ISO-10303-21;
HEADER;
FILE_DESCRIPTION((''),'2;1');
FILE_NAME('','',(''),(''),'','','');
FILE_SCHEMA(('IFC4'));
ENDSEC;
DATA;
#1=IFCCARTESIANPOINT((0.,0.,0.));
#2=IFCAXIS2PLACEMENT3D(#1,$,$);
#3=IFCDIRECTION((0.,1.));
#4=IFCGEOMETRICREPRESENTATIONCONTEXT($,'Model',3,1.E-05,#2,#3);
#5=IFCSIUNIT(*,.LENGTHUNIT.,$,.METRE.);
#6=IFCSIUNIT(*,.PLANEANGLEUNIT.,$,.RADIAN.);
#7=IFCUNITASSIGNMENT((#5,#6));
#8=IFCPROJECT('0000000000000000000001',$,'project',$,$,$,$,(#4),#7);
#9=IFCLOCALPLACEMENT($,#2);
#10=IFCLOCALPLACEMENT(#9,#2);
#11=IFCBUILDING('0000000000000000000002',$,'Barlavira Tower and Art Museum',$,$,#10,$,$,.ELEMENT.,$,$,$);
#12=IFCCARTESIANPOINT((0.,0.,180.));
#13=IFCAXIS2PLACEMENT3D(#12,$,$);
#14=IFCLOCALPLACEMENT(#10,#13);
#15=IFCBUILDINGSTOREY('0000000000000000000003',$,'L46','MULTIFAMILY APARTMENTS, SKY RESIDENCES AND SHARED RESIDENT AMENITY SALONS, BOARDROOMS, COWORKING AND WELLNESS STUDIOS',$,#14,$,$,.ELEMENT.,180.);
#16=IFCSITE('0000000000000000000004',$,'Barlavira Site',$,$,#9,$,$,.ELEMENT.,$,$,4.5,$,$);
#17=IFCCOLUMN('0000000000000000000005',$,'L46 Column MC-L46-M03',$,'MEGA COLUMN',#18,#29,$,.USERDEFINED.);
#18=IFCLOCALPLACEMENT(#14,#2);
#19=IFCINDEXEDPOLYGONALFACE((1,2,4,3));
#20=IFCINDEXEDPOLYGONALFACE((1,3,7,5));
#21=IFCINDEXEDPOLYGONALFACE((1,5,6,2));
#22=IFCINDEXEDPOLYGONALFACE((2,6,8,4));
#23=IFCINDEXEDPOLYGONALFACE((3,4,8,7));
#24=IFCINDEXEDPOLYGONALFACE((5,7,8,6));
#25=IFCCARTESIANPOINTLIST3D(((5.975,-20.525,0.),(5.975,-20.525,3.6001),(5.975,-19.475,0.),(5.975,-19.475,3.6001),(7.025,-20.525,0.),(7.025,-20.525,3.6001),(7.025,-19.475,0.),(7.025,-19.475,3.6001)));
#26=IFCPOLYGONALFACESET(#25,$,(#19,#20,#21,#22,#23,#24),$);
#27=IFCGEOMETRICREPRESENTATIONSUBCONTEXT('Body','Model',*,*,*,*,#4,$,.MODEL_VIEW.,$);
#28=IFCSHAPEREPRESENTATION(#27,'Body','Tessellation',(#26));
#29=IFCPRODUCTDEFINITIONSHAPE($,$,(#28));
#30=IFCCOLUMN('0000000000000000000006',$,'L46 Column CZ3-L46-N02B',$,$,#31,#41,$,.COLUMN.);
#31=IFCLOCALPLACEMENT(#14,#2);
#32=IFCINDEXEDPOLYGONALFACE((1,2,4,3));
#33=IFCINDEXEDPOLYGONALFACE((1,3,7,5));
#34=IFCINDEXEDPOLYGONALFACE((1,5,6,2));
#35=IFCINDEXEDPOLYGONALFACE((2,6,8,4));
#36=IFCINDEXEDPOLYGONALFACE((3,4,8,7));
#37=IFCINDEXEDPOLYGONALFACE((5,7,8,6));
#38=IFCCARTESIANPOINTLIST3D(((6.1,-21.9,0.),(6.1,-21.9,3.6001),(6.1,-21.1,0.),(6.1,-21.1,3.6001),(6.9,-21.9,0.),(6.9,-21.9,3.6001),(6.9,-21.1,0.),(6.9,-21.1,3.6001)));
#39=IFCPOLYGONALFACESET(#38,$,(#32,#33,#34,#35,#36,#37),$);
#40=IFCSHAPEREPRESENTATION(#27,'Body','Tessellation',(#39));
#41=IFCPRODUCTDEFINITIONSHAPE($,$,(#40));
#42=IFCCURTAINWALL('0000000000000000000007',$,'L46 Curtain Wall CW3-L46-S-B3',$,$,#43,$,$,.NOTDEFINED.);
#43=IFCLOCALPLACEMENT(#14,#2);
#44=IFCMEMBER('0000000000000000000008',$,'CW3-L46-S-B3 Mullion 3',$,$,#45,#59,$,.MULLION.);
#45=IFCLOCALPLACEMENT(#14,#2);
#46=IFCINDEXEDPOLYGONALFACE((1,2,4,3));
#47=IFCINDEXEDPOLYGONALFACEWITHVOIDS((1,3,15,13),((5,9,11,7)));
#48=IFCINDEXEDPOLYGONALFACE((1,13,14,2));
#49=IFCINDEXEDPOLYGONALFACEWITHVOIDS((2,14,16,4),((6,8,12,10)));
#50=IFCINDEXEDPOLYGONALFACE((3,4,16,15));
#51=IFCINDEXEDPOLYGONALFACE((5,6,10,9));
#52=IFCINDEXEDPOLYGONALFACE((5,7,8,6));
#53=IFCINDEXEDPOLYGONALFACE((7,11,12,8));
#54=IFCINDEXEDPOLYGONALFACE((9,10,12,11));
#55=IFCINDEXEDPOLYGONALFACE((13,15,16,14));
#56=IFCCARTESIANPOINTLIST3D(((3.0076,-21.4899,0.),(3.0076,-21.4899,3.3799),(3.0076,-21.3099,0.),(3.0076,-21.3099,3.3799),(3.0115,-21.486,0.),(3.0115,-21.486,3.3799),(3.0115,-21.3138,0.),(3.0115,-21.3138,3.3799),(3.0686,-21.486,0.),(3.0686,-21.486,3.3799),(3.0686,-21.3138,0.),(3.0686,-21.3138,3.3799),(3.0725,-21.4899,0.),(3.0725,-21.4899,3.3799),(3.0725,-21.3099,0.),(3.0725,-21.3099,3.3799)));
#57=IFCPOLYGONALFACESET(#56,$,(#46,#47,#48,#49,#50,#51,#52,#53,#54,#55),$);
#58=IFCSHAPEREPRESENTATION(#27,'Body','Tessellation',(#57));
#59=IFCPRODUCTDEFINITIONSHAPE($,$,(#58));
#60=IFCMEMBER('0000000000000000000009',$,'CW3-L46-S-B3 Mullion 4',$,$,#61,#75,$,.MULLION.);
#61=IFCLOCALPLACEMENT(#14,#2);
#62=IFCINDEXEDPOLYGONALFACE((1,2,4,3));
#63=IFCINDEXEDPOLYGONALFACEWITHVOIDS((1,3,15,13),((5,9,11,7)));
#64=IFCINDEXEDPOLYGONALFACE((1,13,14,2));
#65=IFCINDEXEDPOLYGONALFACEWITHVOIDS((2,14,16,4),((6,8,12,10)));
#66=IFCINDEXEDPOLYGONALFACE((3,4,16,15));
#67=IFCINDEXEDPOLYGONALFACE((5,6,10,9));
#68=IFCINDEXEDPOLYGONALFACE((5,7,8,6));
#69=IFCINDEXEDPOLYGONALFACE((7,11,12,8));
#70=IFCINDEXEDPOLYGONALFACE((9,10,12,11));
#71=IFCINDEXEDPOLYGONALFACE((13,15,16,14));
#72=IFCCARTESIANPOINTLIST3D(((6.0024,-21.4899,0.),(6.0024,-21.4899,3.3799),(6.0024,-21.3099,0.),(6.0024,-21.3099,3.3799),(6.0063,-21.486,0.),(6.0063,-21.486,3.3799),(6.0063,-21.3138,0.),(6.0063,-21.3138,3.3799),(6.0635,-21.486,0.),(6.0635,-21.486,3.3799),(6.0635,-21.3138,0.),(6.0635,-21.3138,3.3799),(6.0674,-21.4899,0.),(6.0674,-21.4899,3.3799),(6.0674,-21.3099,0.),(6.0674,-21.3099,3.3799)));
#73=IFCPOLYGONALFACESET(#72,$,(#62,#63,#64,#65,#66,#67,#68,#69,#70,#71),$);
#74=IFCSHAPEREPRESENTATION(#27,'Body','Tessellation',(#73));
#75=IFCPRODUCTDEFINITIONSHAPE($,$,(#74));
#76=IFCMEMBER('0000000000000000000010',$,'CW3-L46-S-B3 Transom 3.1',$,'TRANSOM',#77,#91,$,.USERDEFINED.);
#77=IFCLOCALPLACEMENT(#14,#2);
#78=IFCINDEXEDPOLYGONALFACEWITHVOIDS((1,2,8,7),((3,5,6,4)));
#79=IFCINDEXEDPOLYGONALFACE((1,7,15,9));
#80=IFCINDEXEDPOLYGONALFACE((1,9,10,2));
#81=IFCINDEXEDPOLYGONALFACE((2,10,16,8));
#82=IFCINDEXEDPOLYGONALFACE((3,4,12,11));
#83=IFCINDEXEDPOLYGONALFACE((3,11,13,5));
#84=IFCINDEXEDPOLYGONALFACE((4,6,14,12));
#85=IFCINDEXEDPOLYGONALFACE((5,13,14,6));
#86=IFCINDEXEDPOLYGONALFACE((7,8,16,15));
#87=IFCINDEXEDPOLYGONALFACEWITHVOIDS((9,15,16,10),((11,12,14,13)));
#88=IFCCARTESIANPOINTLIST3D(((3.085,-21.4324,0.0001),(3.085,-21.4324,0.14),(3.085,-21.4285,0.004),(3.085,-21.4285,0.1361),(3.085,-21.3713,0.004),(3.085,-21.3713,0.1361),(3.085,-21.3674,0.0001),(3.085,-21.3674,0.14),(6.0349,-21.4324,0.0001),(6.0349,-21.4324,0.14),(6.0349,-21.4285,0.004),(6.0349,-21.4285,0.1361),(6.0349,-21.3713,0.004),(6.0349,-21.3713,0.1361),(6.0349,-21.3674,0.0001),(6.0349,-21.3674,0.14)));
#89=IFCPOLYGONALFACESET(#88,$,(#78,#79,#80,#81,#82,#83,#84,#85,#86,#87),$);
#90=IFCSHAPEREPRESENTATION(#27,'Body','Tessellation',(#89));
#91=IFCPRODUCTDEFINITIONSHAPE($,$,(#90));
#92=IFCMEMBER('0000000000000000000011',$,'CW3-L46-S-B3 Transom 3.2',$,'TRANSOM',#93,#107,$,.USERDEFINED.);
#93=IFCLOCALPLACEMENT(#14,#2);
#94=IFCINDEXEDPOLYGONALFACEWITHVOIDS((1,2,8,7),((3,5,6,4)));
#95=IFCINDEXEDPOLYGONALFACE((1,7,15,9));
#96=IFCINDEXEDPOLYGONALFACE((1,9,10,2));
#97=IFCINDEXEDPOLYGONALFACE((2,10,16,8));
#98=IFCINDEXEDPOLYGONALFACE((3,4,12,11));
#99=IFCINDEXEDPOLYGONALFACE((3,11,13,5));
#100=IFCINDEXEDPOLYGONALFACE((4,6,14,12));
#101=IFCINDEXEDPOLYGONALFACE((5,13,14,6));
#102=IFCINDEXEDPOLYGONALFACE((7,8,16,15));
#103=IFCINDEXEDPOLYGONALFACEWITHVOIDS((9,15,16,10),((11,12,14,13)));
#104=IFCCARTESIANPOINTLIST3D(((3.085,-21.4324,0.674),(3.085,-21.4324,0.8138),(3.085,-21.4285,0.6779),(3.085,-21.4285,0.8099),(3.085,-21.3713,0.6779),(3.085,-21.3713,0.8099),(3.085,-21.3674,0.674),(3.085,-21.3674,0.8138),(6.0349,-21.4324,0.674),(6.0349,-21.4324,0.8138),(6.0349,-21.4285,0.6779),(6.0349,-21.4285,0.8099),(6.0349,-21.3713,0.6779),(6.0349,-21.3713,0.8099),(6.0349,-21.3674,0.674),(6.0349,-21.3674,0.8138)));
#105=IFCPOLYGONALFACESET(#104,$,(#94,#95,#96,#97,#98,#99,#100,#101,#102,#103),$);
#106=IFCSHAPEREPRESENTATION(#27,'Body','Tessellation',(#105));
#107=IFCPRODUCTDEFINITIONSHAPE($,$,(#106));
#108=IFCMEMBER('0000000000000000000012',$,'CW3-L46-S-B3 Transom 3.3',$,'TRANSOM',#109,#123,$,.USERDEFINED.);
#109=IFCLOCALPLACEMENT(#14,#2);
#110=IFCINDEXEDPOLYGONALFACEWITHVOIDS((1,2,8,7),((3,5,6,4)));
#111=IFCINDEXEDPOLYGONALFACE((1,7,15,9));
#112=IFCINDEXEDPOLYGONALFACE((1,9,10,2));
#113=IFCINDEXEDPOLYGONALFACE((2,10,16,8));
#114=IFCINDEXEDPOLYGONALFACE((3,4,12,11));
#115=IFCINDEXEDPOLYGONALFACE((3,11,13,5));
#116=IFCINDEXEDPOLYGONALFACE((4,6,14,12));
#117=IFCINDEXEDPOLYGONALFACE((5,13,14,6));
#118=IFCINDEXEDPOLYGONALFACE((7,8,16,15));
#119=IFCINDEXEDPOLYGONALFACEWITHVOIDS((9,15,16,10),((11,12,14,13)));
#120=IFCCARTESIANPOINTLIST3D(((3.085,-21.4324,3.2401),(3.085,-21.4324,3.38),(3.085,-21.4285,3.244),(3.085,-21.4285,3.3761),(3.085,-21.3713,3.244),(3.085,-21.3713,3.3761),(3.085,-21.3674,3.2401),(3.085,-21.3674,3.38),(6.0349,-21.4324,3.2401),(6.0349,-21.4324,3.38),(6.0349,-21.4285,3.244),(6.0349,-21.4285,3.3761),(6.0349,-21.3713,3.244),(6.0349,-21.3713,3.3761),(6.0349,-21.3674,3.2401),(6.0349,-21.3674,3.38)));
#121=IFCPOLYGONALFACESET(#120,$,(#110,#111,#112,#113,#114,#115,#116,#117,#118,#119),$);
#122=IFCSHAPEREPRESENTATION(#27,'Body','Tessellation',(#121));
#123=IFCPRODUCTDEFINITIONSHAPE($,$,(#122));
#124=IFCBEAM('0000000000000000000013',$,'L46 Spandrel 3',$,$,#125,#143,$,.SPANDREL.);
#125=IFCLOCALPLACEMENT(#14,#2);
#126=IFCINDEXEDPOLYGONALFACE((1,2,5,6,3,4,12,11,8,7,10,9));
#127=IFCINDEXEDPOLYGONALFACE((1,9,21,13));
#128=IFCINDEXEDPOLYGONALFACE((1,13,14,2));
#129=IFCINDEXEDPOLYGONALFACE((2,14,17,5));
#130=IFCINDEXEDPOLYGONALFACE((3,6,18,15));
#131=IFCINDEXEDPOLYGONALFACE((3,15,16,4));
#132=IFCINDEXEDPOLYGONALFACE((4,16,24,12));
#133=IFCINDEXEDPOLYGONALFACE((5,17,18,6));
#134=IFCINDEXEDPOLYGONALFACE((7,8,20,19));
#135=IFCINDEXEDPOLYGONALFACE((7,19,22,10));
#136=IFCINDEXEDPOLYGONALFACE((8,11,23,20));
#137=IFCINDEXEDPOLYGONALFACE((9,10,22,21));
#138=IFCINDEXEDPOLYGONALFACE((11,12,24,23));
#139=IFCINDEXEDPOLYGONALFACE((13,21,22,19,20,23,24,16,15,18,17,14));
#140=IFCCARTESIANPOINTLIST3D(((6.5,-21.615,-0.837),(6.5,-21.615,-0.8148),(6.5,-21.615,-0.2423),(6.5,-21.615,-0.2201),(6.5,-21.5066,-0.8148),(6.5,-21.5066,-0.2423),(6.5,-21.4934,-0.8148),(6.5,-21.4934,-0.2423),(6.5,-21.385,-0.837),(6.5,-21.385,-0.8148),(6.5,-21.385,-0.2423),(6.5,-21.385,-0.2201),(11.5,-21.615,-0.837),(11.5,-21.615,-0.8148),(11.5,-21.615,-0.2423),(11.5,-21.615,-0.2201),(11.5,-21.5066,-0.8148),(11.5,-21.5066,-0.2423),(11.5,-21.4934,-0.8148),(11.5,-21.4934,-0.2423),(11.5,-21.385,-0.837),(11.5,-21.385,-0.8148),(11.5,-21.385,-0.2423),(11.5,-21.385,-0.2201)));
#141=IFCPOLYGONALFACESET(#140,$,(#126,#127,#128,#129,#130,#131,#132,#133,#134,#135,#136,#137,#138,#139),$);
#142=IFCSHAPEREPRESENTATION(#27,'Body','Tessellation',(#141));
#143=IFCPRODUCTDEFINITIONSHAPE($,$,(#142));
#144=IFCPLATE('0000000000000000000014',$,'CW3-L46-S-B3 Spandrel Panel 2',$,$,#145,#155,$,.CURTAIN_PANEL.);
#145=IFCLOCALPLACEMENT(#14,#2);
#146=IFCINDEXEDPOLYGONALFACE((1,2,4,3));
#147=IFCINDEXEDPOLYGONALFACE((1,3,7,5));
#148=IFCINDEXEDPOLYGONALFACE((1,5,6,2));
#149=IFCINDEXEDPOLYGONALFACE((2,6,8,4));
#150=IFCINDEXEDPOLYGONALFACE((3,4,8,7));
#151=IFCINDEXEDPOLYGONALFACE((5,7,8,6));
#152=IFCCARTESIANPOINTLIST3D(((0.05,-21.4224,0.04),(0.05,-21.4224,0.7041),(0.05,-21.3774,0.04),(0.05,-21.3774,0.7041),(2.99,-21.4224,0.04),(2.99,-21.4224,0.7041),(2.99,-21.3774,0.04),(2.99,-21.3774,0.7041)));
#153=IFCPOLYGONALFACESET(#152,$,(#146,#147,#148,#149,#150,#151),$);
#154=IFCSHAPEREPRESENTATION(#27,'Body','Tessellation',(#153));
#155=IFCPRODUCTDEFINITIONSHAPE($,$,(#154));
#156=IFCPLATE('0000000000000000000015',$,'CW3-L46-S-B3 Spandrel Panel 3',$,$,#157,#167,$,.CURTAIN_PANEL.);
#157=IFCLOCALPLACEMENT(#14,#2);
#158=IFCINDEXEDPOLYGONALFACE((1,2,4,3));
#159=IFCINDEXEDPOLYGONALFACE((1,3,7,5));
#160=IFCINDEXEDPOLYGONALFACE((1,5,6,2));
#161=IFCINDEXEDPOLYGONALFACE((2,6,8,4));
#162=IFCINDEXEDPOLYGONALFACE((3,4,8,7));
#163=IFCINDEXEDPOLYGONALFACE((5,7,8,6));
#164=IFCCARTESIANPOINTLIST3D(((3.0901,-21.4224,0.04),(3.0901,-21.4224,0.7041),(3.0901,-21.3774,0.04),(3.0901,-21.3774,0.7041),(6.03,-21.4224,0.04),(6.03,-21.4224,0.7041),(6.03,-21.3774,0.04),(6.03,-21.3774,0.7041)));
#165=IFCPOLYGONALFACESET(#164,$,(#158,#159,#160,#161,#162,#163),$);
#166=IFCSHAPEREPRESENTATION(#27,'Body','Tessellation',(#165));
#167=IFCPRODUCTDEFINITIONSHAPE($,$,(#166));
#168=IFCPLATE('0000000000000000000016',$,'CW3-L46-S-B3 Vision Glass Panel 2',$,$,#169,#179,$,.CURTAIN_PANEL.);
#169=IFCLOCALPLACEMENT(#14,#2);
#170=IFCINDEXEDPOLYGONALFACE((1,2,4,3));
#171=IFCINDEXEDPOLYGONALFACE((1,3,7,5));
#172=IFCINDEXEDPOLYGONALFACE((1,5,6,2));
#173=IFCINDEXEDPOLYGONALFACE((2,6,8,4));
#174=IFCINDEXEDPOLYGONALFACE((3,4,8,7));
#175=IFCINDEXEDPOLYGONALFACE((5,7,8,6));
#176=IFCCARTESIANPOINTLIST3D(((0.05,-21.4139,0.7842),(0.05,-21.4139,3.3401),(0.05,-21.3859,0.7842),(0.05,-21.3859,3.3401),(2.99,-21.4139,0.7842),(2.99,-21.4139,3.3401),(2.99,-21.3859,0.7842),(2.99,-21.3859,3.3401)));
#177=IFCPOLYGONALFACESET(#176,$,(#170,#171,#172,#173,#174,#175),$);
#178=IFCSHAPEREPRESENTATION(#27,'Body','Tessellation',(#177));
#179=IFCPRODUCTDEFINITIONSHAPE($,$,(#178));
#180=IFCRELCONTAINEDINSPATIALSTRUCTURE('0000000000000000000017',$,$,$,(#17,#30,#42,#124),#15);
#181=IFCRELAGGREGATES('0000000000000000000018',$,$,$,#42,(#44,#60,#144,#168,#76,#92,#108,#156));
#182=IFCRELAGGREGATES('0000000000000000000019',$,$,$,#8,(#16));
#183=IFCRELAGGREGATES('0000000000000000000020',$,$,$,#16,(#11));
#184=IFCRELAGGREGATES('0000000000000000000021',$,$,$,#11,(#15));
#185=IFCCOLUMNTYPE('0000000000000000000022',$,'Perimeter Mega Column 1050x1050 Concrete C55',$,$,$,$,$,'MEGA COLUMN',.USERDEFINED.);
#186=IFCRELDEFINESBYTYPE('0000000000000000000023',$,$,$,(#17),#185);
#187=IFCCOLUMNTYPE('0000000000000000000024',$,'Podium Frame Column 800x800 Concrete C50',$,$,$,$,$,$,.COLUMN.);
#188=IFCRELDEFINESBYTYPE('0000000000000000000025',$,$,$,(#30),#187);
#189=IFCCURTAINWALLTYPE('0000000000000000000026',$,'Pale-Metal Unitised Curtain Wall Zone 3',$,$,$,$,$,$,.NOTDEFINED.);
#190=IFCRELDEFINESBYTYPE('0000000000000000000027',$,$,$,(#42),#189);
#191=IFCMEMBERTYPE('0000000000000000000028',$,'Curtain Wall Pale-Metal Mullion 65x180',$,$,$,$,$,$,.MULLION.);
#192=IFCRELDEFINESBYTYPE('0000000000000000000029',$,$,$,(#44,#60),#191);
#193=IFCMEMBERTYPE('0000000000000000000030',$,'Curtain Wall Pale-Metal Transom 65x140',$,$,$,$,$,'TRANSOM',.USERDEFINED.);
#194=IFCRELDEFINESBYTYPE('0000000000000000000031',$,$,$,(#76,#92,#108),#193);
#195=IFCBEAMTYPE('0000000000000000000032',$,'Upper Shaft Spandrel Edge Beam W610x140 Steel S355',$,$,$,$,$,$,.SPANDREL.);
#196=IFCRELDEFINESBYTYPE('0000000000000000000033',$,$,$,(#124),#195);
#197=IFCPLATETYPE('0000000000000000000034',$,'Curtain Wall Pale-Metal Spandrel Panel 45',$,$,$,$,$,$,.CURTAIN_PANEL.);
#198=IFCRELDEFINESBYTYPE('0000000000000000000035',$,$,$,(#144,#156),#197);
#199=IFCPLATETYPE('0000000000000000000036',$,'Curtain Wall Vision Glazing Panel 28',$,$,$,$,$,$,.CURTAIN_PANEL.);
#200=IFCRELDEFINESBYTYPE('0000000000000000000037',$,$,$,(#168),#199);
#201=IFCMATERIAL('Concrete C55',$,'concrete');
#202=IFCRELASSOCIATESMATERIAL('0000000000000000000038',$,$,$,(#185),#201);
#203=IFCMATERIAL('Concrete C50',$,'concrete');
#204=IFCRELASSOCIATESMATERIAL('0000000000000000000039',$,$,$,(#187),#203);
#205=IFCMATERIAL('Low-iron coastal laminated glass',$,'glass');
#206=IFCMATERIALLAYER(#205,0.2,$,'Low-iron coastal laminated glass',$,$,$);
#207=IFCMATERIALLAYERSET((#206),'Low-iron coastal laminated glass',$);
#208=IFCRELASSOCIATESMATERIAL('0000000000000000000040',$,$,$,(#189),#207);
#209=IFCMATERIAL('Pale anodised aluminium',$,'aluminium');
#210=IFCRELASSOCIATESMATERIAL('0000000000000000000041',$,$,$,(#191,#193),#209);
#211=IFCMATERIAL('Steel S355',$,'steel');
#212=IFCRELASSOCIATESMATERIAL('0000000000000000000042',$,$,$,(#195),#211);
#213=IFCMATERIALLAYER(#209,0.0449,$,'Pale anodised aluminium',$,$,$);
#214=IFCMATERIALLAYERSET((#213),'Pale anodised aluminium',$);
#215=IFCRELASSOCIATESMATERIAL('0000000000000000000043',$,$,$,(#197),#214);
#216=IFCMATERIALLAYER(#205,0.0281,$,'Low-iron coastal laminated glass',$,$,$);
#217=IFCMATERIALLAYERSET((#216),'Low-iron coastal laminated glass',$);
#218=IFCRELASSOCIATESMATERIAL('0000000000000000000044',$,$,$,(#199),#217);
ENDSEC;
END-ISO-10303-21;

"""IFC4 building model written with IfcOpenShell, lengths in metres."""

from ifc_helpers import new_model, si_unit, direction, frame, origin, origin_2d, place, context, subcontext, project, spatial, rectangle, hollow_rectangle, i_section, extrude, material, layer, layer_set, material_profile, profile_set, type_object, element, aggregate, save


model = new_model("IFC4")

# Units and contexts
model_context = context("Model", 3, precision=1e-05, world=origin(), true_north=direction((0.0, 1.0)))
body_context = subcontext(model_context, "Body", "Model", "MODEL_VIEW")
ifc_project = project(units=[si_unit("LENGTHUNIT", "METRE"), si_unit("PLANEANGLEUNIT", "RADIAN")], contexts=[model_context])

# Site, building, storey
site_placement = place(None, origin())
site = spatial("IfcSite", under=ifc_project, at=site_placement, Name="Barlavira Site", CompositionType="ELEMENT", RefElevation=4.5)
building_placement = place(site_placement, origin())
building = spatial("IfcBuilding", under=site, at=building_placement, Name="Barlavira Tower and Art Museum", CompositionType="ELEMENT")
storey_placement = place(building_placement, frame((0.0, 0.0, 180.0)))
storey = spatial("IfcBuildingStorey", under=building, at=storey_placement, Name="L46", Description="MULTIFAMILY APARTMENTS, SKY RESIDENCES AND SHARED RESIDENT AMENITY SALONS, BOARDROOMS, COWORKING AND WELLNESS STUDIOS", CompositionType="ELEMENT", Elevation=180.0)

# Columns
ifc_material_1 = material(Name="Concrete C55", Category="concrete")
ifc_material_profile_1 = material_profile(ifc_material_1, rectangle(XDim=1.05, YDim=1.05, at=origin_2d()), Name="RC-COL 1050x1050")
ifc_profile_set_1 = profile_set([ifc_material_profile_1], Name="Concrete C55")
column_type_1 = type_object("IfcColumnType", Name="Perimeter Mega Column 1050x1050 Concrete C55", ElementType="MEGA COLUMN", PredefinedType="USERDEFINED", material=ifc_profile_set_1)
column_1_placement = place(storey_placement, frame((6.5, -20.0, 0.0), z_axis=(0.0, 0.0, 1.0), x_axis=(1.0, 0.0, 0.0)))
element("IfcColumn", 1, at=column_1_placement, inside=storey, type_object=column_type_1, Name="L46 Column MC-L46-M03", ObjectType="MEGA COLUMN", PredefinedType="USERDEFINED", context=body_context, shape_type="SweptSolid", body=[
    extrude(rectangle(XDim=1.05, YDim=1.05, at=origin_2d()), origin(), (0.0, 0.0, 1.0), 3.6001),
])
ifc_material_2 = material(Name="Concrete C50", Category="concrete")
ifc_material_profile_2 = material_profile(ifc_material_2, rectangle(XDim=0.8, YDim=0.8, at=origin_2d()), Name="RC-COL 800x800")
ifc_profile_set_2 = profile_set([ifc_material_profile_2], Name="Concrete C50")
column_type_2 = type_object("IfcColumnType", Name="Podium Frame Column 800x800 Concrete C50", PredefinedType="COLUMN", material=ifc_profile_set_2)
column_2_placement = place(storey_placement, frame((6.5, -21.5, 0.0), z_axis=(0.0, 0.0, 1.0), x_axis=(1.0, 0.0, 0.0)))
element("IfcColumn", 2, at=column_2_placement, inside=storey, type_object=column_type_2, Name="L46 Column CZ3-L46-N02B", PredefinedType="COLUMN", context=body_context, shape_type="SweptSolid", body=[
    extrude(rectangle(XDim=0.8, YDim=0.8, at=origin_2d()), origin(), (0.0, 0.0, 1.0), 3.6001),
])

# Curtain wall, members
ifc_material_3 = material(Name="Low-iron coastal laminated glass", Category="glass")
ifc_layer_1 = layer(ifc_material_3, 0.2, Name="Low-iron coastal laminated glass")
ifc_layer_set_1 = layer_set([ifc_layer_1], Name="Low-iron coastal laminated glass")
curtain_wall_type = type_object("IfcCurtainWallType", Name="Pale-Metal Unitised Curtain Wall Zone 3", PredefinedType="NOTDEFINED", material=ifc_layer_set_1)
curtain_wall_placement = place(storey_placement, origin())
curtain_wall = element("IfcCurtainWall", 3, at=curtain_wall_placement, inside=storey, type_object=curtain_wall_type, Name="L46 Curtain Wall CW3-L46-S-B3", PredefinedType="NOTDEFINED")
ifc_material_4 = material(Name="Pale anodised aluminium", Category="aluminium")
ifc_material_profile_3 = material_profile(ifc_material_4, hollow_rectangle(XDim=0.0649, YDim=0.1799, WallThickness=0.0039, at=origin_2d()), Name="ALU-MULL 65x180x4")
ifc_profile_set_3 = profile_set([ifc_material_profile_3], Name="Pale anodised aluminium")
member_type_1 = type_object("IfcMemberType", Name="Curtain Wall Pale-Metal Mullion 65x180", PredefinedType="MULLION", material=ifc_profile_set_3)
member_1_placement = place(storey_placement, frame((3.04, -21.3999, 0.0), z_axis=(0.0, 0.0, 1.0), x_axis=(1.0, 0.0, 0.0)))
member_1 = element("IfcMember", 4, at=member_1_placement, type_object=member_type_1, Name="CW3-L46-S-B3 Mullion 3", PredefinedType="MULLION", context=body_context, shape_type="SweptSolid", body=[
    extrude(hollow_rectangle(XDim=0.0649, YDim=0.1799, WallThickness=0.0039, at=origin_2d()), origin(), (0.0, 0.0, 1.0), 3.3799),
])
member_2_placement = place(storey_placement, frame((6.0349, -21.3999, 0.0), z_axis=(0.0, 0.0, 1.0), x_axis=(1.0, 0.0, 0.0)))
member_2 = element("IfcMember", 5, at=member_2_placement, type_object=member_type_1, Name="CW3-L46-S-B3 Mullion 4", PredefinedType="MULLION", context=body_context, shape_type="SweptSolid", body=[
    extrude(hollow_rectangle(XDim=0.0649, YDim=0.1799, WallThickness=0.0039, at=origin_2d()), origin(), (0.0, 0.0, 1.0), 3.3799),
])
ifc_material_profile_4 = material_profile(ifc_material_4, hollow_rectangle(XDim=0.0649, YDim=0.1399, WallThickness=0.0039, at=origin_2d()), Name="ALU-TRAN 65x140x4")
ifc_profile_set_4 = profile_set([ifc_material_profile_4], Name="Pale anodised aluminium")
member_type_2 = type_object("IfcMemberType", Name="Curtain Wall Pale-Metal Transom 65x140", ElementType="TRANSOM", PredefinedType="USERDEFINED", material=ifc_profile_set_4)
member_3_placement = place(storey_placement, frame((3.085, -21.3999, 0.0701), z_axis=(1.0, 0.0, 0.0), x_axis=(0.0, 1.0, 0.0)))
member_3 = element("IfcMember", 6, at=member_3_placement, type_object=member_type_2, Name="CW3-L46-S-B3 Transom 3.1", ObjectType="TRANSOM", PredefinedType="USERDEFINED", context=body_context, shape_type="SweptSolid", body=[
    extrude(hollow_rectangle(XDim=0.0649, YDim=0.1399, WallThickness=0.0039, at=origin_2d()), origin(), (0.0, 0.0, 1.0), 2.95),
])
member_4_placement = place(storey_placement, frame((3.085, -21.3999, 0.7439), z_axis=(1.0, 0.0, 0.0), x_axis=(0.0, 1.0, 0.0)))
member_4 = element("IfcMember", 7, at=member_4_placement, type_object=member_type_2, Name="CW3-L46-S-B3 Transom 3.2", ObjectType="TRANSOM", PredefinedType="USERDEFINED", context=body_context, shape_type="SweptSolid", body=[
    extrude(hollow_rectangle(XDim=0.0649, YDim=0.1399, WallThickness=0.0039, at=origin_2d()), origin(), (0.0, 0.0, 1.0), 2.95),
])
member_5_placement = place(storey_placement, frame((3.085, -21.3999, 3.3101), z_axis=(1.0, 0.0, 0.0), x_axis=(0.0, 1.0, 0.0)))
member_5 = element("IfcMember", 8, at=member_5_placement, type_object=member_type_2, Name="CW3-L46-S-B3 Transom 3.3", ObjectType="TRANSOM", PredefinedType="USERDEFINED", context=body_context, shape_type="SweptSolid", body=[
    extrude(hollow_rectangle(XDim=0.0649, YDim=0.1399, WallThickness=0.0039, at=origin_2d()), origin(), (0.0, 0.0, 1.0), 2.95),
])

# Beam
ifc_material_5 = material(Name="Steel S355", Category="steel")
ifc_material_profile_5 = material_profile(ifc_material_5, i_section(OverallWidth=0.23, OverallDepth=0.6169, WebThickness=0.0132, FlangeThickness=0.0222, at=origin_2d()), Name="W610x140.0")
ifc_profile_set_5 = profile_set([ifc_material_profile_5], Name="Steel S355")
beam_type = type_object("IfcBeamType", Name="Upper Shaft Spandrel Edge Beam W610x140 Steel S355", PredefinedType="SPANDREL", material=ifc_profile_set_5)
beam_placement = place(storey_placement, frame((6.5, -21.5, -0.5286), z_axis=(1.0, 0.0, 0.0), x_axis=(0.0, 1.0, 0.0)))
element("IfcBeam", 9, at=beam_placement, inside=storey, type_object=beam_type, Name="L46 Spandrel 3", PredefinedType="SPANDREL", context=body_context, shape_type="SweptSolid", body=[
    extrude(i_section(OverallWidth=0.23, OverallDepth=0.6169, WebThickness=0.0132, FlangeThickness=0.0222, at=origin_2d()), origin(), (0.0, 0.0, 1.0), 5.0),
])

# Plates
ifc_layer_2 = layer(ifc_material_4, 0.0449, Name="Pale anodised aluminium")
ifc_layer_set_2 = layer_set([ifc_layer_2], Name="Pale anodised aluminium")
plate_type_1 = type_object("IfcPlateType", Name="Curtain Wall Pale-Metal Spandrel Panel 45", PredefinedType="CURTAIN_PANEL", material=ifc_layer_set_2)
plate_1_placement = place(storey_placement, frame((1.52, -21.3999, 0.04), z_axis=(0.0, 0.0, 1.0), x_axis=(1.0, 0.0, 0.0)))
plate_1 = element("IfcPlate", 10, at=plate_1_placement, type_object=plate_type_1, Name="CW3-L46-S-B3 Spandrel Panel 2", PredefinedType="CURTAIN_PANEL", context=body_context, shape_type="SweptSolid", body=[
    extrude(rectangle(XDim=2.9399, YDim=0.0449, at=origin_2d()), origin(), (0.0, 0.0, 1.0), 0.6641),
])
plate_2_placement = place(storey_placement, frame((4.5601, -21.3999, 0.04), z_axis=(0.0, 0.0, 1.0), x_axis=(1.0, 0.0, 0.0)))
plate_2 = element("IfcPlate", 11, at=plate_2_placement, type_object=plate_type_1, Name="CW3-L46-S-B3 Spandrel Panel 3", PredefinedType="CURTAIN_PANEL", context=body_context, shape_type="SweptSolid", body=[
    extrude(rectangle(XDim=2.9399, YDim=0.0449, at=origin_2d()), origin(), (0.0, 0.0, 1.0), 0.6641),
])
ifc_layer_3 = layer(ifc_material_3, 0.0281, Name="Low-iron coastal laminated glass")
ifc_layer_set_3 = layer_set([ifc_layer_3], Name="Low-iron coastal laminated glass")
plate_type_2 = type_object("IfcPlateType", Name="Curtain Wall Vision Glazing Panel 28", PredefinedType="CURTAIN_PANEL", material=ifc_layer_set_3)
plate_3_placement = place(storey_placement, frame((1.52, -21.3999, 0.7842), z_axis=(0.0, 0.0, 1.0), x_axis=(1.0, 0.0, 0.0)))
plate_3 = element("IfcPlate", 12, at=plate_3_placement, type_object=plate_type_2, Name="CW3-L46-S-B3 Vision Glass Panel 2", PredefinedType="CURTAIN_PANEL", context=body_context, shape_type="SweptSolid", body=[
    extrude(rectangle(XDim=2.9399, YDim=0.0281, at=origin_2d()), origin(), (0.0, 0.0, 1.0), 2.5559),
])
aggregate(curtain_wall, [member_1, member_2, plate_1, plate_3, member_3, member_4, member_5, plate_2])

save(model, "model.ifc")
